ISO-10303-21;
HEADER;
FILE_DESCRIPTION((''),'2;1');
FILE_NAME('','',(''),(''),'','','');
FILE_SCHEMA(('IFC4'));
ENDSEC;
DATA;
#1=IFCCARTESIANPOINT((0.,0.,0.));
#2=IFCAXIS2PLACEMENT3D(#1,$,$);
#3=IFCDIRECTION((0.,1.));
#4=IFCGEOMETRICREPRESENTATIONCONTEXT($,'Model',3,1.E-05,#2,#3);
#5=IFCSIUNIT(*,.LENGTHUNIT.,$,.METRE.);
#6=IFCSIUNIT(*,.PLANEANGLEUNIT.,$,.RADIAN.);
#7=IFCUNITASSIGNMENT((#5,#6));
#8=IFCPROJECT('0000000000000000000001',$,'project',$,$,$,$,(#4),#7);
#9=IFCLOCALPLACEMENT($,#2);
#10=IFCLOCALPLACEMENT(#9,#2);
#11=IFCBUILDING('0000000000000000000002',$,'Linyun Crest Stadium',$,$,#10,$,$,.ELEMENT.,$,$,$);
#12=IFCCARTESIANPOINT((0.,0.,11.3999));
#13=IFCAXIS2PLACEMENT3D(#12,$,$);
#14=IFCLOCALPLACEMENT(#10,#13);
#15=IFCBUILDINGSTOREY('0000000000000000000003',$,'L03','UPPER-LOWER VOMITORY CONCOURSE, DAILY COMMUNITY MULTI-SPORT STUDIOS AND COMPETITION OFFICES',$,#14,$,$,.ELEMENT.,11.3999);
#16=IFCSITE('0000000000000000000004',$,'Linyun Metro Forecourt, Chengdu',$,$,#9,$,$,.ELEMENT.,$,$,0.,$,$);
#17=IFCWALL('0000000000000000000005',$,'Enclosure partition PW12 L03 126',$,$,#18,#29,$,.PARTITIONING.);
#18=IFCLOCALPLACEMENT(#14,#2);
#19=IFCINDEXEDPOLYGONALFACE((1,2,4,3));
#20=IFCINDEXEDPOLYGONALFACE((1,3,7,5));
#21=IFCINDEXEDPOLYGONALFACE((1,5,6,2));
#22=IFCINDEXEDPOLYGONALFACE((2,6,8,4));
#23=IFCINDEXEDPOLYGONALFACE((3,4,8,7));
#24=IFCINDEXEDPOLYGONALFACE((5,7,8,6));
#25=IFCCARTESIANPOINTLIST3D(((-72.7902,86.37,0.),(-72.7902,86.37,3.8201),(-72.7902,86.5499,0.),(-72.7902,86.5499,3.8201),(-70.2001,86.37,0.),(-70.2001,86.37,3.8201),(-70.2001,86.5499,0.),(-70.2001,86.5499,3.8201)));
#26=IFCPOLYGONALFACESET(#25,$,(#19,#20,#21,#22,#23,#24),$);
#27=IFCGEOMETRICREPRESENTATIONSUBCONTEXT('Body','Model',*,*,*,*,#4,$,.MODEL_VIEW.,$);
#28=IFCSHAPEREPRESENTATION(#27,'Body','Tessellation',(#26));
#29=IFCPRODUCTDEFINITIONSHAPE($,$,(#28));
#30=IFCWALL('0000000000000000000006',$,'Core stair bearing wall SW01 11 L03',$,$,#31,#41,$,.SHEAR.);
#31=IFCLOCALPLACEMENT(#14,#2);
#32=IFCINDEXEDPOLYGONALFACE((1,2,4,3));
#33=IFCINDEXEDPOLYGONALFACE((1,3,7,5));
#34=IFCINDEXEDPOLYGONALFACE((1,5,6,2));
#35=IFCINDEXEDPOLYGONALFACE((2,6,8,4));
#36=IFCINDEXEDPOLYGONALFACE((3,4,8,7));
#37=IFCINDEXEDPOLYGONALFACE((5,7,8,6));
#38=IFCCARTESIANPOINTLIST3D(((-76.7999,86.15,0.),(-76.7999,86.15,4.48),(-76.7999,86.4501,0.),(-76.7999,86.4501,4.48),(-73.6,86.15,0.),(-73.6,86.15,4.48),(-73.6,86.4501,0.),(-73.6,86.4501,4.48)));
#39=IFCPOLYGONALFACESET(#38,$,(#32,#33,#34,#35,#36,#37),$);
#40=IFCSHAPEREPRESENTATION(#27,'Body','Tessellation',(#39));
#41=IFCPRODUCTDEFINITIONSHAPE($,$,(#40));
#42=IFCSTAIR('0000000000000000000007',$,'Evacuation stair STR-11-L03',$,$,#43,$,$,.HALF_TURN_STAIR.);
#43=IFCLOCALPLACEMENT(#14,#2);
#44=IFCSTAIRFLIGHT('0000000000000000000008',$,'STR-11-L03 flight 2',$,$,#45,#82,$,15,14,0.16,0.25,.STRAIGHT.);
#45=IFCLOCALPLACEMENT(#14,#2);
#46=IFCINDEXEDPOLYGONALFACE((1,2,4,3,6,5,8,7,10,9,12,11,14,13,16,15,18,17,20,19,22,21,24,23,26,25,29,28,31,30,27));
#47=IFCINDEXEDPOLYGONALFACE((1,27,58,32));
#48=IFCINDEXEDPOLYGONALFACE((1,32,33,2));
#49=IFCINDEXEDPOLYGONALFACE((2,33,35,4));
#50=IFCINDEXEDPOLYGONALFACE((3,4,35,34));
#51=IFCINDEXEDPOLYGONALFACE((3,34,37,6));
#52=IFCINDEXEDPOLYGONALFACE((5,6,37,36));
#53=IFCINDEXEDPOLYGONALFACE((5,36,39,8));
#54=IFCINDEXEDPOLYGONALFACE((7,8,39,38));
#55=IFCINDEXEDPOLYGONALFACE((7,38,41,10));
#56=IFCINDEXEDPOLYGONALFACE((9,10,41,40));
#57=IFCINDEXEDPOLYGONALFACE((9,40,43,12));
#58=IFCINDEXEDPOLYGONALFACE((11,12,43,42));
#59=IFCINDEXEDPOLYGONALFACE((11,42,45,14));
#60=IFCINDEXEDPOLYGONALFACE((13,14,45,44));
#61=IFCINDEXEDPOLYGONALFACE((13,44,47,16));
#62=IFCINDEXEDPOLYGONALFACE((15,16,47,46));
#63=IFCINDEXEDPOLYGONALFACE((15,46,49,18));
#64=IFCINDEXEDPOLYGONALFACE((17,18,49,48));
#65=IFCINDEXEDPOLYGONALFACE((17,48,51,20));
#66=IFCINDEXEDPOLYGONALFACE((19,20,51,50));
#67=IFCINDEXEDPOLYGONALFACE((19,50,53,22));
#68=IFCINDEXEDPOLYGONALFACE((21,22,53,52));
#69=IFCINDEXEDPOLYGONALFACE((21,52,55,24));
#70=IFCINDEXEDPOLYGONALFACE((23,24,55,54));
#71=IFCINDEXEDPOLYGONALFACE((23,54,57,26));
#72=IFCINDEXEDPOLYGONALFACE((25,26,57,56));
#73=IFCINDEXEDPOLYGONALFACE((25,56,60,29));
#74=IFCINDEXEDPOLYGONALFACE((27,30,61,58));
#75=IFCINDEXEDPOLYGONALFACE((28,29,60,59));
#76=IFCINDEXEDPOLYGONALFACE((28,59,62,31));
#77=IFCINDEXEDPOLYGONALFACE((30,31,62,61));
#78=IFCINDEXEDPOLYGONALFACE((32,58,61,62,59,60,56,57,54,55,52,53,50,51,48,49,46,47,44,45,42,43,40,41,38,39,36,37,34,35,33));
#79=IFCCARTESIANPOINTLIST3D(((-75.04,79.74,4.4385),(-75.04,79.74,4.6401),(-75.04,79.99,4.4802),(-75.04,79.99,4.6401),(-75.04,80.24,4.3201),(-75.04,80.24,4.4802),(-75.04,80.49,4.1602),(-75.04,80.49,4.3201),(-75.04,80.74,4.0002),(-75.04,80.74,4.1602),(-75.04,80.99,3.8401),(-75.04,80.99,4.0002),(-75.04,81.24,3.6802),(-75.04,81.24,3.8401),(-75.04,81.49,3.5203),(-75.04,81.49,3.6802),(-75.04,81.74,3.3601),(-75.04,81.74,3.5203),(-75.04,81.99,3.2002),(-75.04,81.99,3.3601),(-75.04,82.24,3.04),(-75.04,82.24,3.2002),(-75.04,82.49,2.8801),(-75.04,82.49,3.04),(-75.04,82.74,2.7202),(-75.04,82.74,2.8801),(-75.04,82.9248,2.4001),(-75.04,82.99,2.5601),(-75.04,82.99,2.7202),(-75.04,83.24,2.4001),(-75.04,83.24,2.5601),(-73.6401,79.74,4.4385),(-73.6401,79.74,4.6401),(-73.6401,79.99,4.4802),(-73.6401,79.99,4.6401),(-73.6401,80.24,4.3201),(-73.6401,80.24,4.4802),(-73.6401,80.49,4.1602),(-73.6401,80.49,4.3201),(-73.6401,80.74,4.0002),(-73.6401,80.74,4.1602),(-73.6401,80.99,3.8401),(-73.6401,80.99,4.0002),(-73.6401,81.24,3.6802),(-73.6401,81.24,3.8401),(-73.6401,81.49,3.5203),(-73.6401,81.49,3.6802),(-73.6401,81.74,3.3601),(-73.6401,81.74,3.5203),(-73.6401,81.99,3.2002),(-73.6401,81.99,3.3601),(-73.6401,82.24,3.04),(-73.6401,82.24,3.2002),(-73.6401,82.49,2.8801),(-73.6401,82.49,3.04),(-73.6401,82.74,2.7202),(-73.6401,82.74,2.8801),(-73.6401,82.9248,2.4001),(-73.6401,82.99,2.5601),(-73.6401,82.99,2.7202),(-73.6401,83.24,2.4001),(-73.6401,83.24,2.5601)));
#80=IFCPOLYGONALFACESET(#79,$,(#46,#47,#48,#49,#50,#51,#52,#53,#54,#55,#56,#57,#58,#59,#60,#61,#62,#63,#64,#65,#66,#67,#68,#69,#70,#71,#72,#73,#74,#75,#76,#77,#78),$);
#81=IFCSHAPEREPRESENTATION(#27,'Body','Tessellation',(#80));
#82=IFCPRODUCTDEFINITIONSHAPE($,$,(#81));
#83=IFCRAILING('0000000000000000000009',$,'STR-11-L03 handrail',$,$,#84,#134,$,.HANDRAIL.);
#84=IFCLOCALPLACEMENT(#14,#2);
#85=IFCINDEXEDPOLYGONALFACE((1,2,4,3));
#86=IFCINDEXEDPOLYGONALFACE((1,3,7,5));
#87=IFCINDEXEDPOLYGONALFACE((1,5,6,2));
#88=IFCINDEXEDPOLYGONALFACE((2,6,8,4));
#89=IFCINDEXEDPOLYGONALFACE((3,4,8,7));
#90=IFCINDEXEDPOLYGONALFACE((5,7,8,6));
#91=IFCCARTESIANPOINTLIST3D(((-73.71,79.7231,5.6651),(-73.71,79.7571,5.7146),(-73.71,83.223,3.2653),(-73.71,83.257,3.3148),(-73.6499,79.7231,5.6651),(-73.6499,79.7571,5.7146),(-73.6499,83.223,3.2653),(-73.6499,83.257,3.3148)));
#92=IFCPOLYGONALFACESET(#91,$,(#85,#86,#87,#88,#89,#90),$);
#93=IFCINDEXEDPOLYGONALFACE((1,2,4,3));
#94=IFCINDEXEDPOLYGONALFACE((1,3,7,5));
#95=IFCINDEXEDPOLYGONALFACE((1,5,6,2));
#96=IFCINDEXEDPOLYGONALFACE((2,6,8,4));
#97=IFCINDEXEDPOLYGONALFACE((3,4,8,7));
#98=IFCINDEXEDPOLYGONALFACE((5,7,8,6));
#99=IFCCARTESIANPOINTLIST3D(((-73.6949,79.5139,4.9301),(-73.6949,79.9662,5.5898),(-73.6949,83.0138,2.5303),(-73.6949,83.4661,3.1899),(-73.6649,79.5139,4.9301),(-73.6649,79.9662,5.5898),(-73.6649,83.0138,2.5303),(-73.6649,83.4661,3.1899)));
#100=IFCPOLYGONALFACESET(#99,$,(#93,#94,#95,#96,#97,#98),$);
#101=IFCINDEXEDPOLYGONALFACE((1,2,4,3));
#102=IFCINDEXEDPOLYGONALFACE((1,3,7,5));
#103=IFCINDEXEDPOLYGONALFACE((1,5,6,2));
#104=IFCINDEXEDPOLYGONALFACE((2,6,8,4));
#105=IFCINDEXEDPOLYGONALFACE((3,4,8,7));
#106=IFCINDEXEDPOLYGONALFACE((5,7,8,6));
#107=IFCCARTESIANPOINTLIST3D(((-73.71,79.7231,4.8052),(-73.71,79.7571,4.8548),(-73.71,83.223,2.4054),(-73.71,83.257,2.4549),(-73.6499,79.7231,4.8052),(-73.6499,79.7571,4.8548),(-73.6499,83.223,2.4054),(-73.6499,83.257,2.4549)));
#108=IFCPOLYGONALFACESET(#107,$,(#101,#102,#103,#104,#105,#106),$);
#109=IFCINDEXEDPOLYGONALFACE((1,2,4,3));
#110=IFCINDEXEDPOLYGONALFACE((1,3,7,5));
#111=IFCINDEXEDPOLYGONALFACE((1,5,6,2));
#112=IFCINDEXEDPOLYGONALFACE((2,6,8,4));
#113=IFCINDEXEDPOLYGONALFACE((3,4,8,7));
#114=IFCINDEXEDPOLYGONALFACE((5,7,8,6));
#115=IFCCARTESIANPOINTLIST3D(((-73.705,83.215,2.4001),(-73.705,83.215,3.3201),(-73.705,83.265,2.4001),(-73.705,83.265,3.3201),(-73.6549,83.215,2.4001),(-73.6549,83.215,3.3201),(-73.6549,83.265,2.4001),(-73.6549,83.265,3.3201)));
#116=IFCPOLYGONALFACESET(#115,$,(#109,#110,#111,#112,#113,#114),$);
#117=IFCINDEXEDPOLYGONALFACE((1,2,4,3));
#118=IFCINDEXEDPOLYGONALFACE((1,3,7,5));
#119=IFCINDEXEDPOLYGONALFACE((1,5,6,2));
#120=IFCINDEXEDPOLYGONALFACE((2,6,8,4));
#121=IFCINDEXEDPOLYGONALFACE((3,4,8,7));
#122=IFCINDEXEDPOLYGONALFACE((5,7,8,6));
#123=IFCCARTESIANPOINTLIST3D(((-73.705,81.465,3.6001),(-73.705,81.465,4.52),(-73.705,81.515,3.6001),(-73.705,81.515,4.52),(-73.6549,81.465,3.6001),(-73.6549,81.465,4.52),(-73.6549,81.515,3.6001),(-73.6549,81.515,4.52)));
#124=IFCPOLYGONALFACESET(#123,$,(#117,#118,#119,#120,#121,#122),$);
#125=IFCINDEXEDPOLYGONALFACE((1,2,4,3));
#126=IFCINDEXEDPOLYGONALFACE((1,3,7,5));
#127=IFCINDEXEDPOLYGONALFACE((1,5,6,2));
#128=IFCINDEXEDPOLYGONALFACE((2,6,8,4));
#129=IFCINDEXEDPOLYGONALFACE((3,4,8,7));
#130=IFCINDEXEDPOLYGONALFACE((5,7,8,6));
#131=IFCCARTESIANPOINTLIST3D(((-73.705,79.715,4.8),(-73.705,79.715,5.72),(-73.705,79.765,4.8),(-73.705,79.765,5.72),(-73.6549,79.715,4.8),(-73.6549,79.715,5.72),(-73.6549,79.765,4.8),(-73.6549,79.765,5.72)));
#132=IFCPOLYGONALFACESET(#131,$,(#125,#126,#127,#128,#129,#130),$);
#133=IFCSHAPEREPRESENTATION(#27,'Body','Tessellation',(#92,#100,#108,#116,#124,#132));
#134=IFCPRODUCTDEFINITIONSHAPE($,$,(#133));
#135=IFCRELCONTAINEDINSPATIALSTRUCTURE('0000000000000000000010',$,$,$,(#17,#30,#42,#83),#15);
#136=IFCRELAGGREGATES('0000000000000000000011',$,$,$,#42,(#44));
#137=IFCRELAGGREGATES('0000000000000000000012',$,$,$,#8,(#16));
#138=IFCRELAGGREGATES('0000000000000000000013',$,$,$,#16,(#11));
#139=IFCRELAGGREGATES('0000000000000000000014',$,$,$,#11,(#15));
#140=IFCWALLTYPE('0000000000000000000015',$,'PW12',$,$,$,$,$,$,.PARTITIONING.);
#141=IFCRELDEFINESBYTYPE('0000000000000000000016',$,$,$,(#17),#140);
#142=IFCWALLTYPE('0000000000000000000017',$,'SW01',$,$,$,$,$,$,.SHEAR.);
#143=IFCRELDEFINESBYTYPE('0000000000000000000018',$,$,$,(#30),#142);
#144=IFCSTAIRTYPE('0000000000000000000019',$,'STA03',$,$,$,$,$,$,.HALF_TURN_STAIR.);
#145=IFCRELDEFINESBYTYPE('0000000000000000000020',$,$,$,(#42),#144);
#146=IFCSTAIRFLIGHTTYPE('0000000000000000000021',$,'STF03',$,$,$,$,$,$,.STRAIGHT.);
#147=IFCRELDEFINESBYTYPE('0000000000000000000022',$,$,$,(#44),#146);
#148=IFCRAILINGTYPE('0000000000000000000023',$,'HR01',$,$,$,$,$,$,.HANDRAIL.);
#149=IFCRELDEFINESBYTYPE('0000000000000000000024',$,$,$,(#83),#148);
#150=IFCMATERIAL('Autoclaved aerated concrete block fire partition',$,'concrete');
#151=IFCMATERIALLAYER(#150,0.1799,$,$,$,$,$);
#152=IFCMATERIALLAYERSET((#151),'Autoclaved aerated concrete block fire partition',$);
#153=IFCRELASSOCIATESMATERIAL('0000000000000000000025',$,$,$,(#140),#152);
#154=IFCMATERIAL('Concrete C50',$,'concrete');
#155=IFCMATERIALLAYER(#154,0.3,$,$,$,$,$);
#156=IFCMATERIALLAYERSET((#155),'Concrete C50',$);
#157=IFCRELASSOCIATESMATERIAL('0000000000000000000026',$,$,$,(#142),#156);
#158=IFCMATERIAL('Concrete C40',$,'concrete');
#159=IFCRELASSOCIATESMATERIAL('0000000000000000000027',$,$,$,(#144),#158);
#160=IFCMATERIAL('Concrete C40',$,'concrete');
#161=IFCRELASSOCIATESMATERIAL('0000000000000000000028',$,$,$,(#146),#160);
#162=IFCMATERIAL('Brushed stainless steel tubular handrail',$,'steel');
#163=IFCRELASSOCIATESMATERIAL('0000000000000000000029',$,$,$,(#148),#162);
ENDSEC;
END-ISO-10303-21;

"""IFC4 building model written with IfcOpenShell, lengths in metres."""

from ifc_helpers import new_model, si_unit, direction, frame, frame_2d, origin, origin_2d, place, context, subcontext, project, spatial, polyline, rectangle, outline, extrude, material, layer, layer_set, type_object, element, aggregate, save


model = new_model("IFC4")

# Units and contexts
model_context = context("Model", 3, precision=1e-05, world=origin(), true_north=direction((0.0, 1.0)))
body_context = subcontext(model_context, "Body", "Model", "MODEL_VIEW")
ifc_project = project(units=[si_unit("LENGTHUNIT", "METRE"), si_unit("PLANEANGLEUNIT", "RADIAN")], contexts=[model_context])

# Site, building, storey
site_placement = place(None, origin())
site = spatial("IfcSite", under=ifc_project, at=site_placement, Name="Linyun Metro Forecourt, Chengdu", CompositionType="ELEMENT", RefElevation=0.0)
building_placement = place(site_placement, origin())
building = spatial("IfcBuilding", under=site, at=building_placement, Name="Linyun Crest Stadium", CompositionType="ELEMENT")
storey_placement = place(building_placement, frame((0.0, 0.0, 11.3999)))
storey = spatial("IfcBuildingStorey", under=building, at=storey_placement, Name="L03", Description="UPPER-LOWER VOMITORY CONCOURSE, DAILY COMMUNITY MULTI-SPORT STUDIOS AND COMPETITION OFFICES", CompositionType="ELEMENT", Elevation=11.3999)

# Walls
ifc_material_1 = material(Name="Autoclaved aerated concrete block fire partition", Category="concrete")
ifc_layer_1 = layer(ifc_material_1, 0.1799)
ifc_layer_set_1 = layer_set([ifc_layer_1], Name="Autoclaved aerated concrete block fire partition")
wall_type_1 = type_object("IfcWallType", Name="PW12", PredefinedType="PARTITIONING", material=ifc_layer_set_1)
wall_1_placement = place(storey_placement, frame((-72.79, 86.46, 0.0), z_axis=(0.0, 0.0, 1.0), x_axis=(1.0, 0.0, 0.0)))
element("IfcWall", 1, at=wall_1_placement, inside=storey, type_object=wall_type_1, Name="Enclosure partition PW12 L03 126", PredefinedType="PARTITIONING", context=body_context, shape_type="SweptSolid", body=[
    extrude(rectangle(XDim=2.5901, YDim=0.1799, at=frame_2d((1.2949, 0.0))), origin(), (0.0, 0.0, 1.0), 3.8201),
])
ifc_material_2 = material(Name="Concrete C50", Category="concrete")
ifc_layer_2 = layer(ifc_material_2, 0.3)
ifc_layer_set_2 = layer_set([ifc_layer_2], Name="Concrete C50")
wall_type_2 = type_object("IfcWallType", Name="SW01", PredefinedType="SHEAR", material=ifc_layer_set_2)
wall_2_placement = place(storey_placement, frame((-76.8, 86.3, 0.0), z_axis=(0.0, 0.0, 1.0), x_axis=(1.0, 0.0, 0.0)))
element("IfcWall", 2, at=wall_2_placement, inside=storey, type_object=wall_type_2, Name="Core stair bearing wall SW01 11 L03", PredefinedType="SHEAR", context=body_context, shape_type="SweptSolid", body=[
    extrude(rectangle(XDim=3.2, YDim=0.3, at=frame_2d((1.6001, 0.0))), origin(), (0.0, 0.0, 1.0), 4.48),
])

# Stair, stair flight
ifc_material_3 = material(Name="Concrete C40", Category="concrete")
stair_type = type_object("IfcStairType", Name="STA03", PredefinedType="HALF_TURN_STAIR", material=ifc_material_3)
stair_placement = place(storey_placement, origin())
stair = element("IfcStair", 3, at=stair_placement, inside=storey, type_object=stair_type, Name="Evacuation stair STR-11-L03", PredefinedType="HALF_TURN_STAIR")
ifc_material_4 = material(Name="Concrete C40", Category="concrete")
stair_flight_type = type_object("IfcStairFlightType", Name="STF03", PredefinedType="STRAIGHT", material=ifc_material_4)
stair_flight_placement = place(storey_placement, frame((-74.3401, 83.24, 2.4001), z_axis=(0.0, 0.0, 1.0), x_axis=(0.0, -1.0, 0.0)))
stair_flight = element("IfcStairFlight", 4, at=stair_flight_placement, type_object=stair_flight_type, Name="STR-11-L03 flight 2", NumberOfRisers=15, NumberOfTreads=14, PredefinedType="STRAIGHT", RiserHeight=0.16, TreadLength=0.25, context=body_context, shape_type="SweptSolid", body=[
    extrude(outline(polyline([(0.0, 0.0), (0.0, 0.1599), (0.25, 0.1599), (0.25, 0.3201), (0.5, 0.3201), (0.5, 0.48), (0.75, 0.48), (0.75, 0.6399), (1.0, 0.6399), (1.0, 0.8), (1.25, 0.8), (1.25, 0.96), (1.5, 0.96), (1.5, 1.1201), (1.75, 1.1201), (1.75, 1.28), (2.0, 1.28), (2.0, 1.4399), (2.25, 1.4399), (2.25, 1.6001), (2.5, 1.6001), (2.5, 1.76), (2.75, 1.76), (2.75, 1.9199), (3.0, 1.9199), (3.0, 2.0801), (3.25, 2.0801), (3.25, 2.24), (3.5, 2.24), (3.5, 2.3999), (3.5, 2.0383), (0.3152, 0.0), (0.0, 0.0)])), frame((0.0, 0.7, 0.0), z_axis=(0.0, -1.0, 0.0), x_axis=(1.0, 0.0, 0.0)), (0.0, 0.0, 1.0), 1.3999),
])
aggregate(stair, [stair_flight])

# Railing
ifc_material_5 = material(Name="Brushed stainless steel tubular handrail", Category="steel")
railing_type = type_object("IfcRailingType", Name="HR01", PredefinedType="HANDRAIL", material=ifc_material_5)
railing_placement = place(storey_placement, frame((-73.6799, 83.24, 2.4001)))
element("IfcRailing", 5, at=railing_placement, inside=storey, type_object=railing_type, Name="STR-11-L03 handrail", PredefinedType="HANDRAIL", context=body_context, shape_type="SweptSolid", body=[
    extrude(rectangle(XDim=0.0601, YDim=0.0601, at=origin_2d()), frame((0.0, 0.0, 0.8899), z_axis=(0.0, -0.82474, 0.565513), x_axis=(1.0, 0.0, 0.0)), (0.0, 0.0, 1.0), 4.2437),
    extrude(rectangle(XDim=0.03, YDim=0.7998, at=origin_2d()), frame((0.0, 0.0, 0.46), z_axis=(0.0, -0.82474, 0.565513), x_axis=(1.0, 0.0, 0.0)), (0.0, 0.0, 1.0), 4.2437),
    extrude(rectangle(XDim=0.0601, YDim=0.0601, at=origin_2d()), frame((0.0, 0.0, 0.03), z_axis=(0.0, -0.82474, 0.565513), x_axis=(1.0, 0.0, 0.0)), (0.0, 0.0, 1.0), 4.2437),
    extrude(rectangle(XDim=0.05, YDim=0.05, at=origin_2d()), origin(), (0.0, 0.0, 1.0), 0.9199),
    extrude(rectangle(XDim=0.05, YDim=0.05, at=origin_2d()), frame((0.0, -1.75, 1.2)), (0.0, 0.0, 1.0), 0.9199),
    extrude(rectangle(XDim=0.05, YDim=0.05, at=origin_2d()), frame((0.0, -3.5, 2.3999)), (0.0, 0.0, 1.0), 0.9199),
])

save(model, "model.ifc")
